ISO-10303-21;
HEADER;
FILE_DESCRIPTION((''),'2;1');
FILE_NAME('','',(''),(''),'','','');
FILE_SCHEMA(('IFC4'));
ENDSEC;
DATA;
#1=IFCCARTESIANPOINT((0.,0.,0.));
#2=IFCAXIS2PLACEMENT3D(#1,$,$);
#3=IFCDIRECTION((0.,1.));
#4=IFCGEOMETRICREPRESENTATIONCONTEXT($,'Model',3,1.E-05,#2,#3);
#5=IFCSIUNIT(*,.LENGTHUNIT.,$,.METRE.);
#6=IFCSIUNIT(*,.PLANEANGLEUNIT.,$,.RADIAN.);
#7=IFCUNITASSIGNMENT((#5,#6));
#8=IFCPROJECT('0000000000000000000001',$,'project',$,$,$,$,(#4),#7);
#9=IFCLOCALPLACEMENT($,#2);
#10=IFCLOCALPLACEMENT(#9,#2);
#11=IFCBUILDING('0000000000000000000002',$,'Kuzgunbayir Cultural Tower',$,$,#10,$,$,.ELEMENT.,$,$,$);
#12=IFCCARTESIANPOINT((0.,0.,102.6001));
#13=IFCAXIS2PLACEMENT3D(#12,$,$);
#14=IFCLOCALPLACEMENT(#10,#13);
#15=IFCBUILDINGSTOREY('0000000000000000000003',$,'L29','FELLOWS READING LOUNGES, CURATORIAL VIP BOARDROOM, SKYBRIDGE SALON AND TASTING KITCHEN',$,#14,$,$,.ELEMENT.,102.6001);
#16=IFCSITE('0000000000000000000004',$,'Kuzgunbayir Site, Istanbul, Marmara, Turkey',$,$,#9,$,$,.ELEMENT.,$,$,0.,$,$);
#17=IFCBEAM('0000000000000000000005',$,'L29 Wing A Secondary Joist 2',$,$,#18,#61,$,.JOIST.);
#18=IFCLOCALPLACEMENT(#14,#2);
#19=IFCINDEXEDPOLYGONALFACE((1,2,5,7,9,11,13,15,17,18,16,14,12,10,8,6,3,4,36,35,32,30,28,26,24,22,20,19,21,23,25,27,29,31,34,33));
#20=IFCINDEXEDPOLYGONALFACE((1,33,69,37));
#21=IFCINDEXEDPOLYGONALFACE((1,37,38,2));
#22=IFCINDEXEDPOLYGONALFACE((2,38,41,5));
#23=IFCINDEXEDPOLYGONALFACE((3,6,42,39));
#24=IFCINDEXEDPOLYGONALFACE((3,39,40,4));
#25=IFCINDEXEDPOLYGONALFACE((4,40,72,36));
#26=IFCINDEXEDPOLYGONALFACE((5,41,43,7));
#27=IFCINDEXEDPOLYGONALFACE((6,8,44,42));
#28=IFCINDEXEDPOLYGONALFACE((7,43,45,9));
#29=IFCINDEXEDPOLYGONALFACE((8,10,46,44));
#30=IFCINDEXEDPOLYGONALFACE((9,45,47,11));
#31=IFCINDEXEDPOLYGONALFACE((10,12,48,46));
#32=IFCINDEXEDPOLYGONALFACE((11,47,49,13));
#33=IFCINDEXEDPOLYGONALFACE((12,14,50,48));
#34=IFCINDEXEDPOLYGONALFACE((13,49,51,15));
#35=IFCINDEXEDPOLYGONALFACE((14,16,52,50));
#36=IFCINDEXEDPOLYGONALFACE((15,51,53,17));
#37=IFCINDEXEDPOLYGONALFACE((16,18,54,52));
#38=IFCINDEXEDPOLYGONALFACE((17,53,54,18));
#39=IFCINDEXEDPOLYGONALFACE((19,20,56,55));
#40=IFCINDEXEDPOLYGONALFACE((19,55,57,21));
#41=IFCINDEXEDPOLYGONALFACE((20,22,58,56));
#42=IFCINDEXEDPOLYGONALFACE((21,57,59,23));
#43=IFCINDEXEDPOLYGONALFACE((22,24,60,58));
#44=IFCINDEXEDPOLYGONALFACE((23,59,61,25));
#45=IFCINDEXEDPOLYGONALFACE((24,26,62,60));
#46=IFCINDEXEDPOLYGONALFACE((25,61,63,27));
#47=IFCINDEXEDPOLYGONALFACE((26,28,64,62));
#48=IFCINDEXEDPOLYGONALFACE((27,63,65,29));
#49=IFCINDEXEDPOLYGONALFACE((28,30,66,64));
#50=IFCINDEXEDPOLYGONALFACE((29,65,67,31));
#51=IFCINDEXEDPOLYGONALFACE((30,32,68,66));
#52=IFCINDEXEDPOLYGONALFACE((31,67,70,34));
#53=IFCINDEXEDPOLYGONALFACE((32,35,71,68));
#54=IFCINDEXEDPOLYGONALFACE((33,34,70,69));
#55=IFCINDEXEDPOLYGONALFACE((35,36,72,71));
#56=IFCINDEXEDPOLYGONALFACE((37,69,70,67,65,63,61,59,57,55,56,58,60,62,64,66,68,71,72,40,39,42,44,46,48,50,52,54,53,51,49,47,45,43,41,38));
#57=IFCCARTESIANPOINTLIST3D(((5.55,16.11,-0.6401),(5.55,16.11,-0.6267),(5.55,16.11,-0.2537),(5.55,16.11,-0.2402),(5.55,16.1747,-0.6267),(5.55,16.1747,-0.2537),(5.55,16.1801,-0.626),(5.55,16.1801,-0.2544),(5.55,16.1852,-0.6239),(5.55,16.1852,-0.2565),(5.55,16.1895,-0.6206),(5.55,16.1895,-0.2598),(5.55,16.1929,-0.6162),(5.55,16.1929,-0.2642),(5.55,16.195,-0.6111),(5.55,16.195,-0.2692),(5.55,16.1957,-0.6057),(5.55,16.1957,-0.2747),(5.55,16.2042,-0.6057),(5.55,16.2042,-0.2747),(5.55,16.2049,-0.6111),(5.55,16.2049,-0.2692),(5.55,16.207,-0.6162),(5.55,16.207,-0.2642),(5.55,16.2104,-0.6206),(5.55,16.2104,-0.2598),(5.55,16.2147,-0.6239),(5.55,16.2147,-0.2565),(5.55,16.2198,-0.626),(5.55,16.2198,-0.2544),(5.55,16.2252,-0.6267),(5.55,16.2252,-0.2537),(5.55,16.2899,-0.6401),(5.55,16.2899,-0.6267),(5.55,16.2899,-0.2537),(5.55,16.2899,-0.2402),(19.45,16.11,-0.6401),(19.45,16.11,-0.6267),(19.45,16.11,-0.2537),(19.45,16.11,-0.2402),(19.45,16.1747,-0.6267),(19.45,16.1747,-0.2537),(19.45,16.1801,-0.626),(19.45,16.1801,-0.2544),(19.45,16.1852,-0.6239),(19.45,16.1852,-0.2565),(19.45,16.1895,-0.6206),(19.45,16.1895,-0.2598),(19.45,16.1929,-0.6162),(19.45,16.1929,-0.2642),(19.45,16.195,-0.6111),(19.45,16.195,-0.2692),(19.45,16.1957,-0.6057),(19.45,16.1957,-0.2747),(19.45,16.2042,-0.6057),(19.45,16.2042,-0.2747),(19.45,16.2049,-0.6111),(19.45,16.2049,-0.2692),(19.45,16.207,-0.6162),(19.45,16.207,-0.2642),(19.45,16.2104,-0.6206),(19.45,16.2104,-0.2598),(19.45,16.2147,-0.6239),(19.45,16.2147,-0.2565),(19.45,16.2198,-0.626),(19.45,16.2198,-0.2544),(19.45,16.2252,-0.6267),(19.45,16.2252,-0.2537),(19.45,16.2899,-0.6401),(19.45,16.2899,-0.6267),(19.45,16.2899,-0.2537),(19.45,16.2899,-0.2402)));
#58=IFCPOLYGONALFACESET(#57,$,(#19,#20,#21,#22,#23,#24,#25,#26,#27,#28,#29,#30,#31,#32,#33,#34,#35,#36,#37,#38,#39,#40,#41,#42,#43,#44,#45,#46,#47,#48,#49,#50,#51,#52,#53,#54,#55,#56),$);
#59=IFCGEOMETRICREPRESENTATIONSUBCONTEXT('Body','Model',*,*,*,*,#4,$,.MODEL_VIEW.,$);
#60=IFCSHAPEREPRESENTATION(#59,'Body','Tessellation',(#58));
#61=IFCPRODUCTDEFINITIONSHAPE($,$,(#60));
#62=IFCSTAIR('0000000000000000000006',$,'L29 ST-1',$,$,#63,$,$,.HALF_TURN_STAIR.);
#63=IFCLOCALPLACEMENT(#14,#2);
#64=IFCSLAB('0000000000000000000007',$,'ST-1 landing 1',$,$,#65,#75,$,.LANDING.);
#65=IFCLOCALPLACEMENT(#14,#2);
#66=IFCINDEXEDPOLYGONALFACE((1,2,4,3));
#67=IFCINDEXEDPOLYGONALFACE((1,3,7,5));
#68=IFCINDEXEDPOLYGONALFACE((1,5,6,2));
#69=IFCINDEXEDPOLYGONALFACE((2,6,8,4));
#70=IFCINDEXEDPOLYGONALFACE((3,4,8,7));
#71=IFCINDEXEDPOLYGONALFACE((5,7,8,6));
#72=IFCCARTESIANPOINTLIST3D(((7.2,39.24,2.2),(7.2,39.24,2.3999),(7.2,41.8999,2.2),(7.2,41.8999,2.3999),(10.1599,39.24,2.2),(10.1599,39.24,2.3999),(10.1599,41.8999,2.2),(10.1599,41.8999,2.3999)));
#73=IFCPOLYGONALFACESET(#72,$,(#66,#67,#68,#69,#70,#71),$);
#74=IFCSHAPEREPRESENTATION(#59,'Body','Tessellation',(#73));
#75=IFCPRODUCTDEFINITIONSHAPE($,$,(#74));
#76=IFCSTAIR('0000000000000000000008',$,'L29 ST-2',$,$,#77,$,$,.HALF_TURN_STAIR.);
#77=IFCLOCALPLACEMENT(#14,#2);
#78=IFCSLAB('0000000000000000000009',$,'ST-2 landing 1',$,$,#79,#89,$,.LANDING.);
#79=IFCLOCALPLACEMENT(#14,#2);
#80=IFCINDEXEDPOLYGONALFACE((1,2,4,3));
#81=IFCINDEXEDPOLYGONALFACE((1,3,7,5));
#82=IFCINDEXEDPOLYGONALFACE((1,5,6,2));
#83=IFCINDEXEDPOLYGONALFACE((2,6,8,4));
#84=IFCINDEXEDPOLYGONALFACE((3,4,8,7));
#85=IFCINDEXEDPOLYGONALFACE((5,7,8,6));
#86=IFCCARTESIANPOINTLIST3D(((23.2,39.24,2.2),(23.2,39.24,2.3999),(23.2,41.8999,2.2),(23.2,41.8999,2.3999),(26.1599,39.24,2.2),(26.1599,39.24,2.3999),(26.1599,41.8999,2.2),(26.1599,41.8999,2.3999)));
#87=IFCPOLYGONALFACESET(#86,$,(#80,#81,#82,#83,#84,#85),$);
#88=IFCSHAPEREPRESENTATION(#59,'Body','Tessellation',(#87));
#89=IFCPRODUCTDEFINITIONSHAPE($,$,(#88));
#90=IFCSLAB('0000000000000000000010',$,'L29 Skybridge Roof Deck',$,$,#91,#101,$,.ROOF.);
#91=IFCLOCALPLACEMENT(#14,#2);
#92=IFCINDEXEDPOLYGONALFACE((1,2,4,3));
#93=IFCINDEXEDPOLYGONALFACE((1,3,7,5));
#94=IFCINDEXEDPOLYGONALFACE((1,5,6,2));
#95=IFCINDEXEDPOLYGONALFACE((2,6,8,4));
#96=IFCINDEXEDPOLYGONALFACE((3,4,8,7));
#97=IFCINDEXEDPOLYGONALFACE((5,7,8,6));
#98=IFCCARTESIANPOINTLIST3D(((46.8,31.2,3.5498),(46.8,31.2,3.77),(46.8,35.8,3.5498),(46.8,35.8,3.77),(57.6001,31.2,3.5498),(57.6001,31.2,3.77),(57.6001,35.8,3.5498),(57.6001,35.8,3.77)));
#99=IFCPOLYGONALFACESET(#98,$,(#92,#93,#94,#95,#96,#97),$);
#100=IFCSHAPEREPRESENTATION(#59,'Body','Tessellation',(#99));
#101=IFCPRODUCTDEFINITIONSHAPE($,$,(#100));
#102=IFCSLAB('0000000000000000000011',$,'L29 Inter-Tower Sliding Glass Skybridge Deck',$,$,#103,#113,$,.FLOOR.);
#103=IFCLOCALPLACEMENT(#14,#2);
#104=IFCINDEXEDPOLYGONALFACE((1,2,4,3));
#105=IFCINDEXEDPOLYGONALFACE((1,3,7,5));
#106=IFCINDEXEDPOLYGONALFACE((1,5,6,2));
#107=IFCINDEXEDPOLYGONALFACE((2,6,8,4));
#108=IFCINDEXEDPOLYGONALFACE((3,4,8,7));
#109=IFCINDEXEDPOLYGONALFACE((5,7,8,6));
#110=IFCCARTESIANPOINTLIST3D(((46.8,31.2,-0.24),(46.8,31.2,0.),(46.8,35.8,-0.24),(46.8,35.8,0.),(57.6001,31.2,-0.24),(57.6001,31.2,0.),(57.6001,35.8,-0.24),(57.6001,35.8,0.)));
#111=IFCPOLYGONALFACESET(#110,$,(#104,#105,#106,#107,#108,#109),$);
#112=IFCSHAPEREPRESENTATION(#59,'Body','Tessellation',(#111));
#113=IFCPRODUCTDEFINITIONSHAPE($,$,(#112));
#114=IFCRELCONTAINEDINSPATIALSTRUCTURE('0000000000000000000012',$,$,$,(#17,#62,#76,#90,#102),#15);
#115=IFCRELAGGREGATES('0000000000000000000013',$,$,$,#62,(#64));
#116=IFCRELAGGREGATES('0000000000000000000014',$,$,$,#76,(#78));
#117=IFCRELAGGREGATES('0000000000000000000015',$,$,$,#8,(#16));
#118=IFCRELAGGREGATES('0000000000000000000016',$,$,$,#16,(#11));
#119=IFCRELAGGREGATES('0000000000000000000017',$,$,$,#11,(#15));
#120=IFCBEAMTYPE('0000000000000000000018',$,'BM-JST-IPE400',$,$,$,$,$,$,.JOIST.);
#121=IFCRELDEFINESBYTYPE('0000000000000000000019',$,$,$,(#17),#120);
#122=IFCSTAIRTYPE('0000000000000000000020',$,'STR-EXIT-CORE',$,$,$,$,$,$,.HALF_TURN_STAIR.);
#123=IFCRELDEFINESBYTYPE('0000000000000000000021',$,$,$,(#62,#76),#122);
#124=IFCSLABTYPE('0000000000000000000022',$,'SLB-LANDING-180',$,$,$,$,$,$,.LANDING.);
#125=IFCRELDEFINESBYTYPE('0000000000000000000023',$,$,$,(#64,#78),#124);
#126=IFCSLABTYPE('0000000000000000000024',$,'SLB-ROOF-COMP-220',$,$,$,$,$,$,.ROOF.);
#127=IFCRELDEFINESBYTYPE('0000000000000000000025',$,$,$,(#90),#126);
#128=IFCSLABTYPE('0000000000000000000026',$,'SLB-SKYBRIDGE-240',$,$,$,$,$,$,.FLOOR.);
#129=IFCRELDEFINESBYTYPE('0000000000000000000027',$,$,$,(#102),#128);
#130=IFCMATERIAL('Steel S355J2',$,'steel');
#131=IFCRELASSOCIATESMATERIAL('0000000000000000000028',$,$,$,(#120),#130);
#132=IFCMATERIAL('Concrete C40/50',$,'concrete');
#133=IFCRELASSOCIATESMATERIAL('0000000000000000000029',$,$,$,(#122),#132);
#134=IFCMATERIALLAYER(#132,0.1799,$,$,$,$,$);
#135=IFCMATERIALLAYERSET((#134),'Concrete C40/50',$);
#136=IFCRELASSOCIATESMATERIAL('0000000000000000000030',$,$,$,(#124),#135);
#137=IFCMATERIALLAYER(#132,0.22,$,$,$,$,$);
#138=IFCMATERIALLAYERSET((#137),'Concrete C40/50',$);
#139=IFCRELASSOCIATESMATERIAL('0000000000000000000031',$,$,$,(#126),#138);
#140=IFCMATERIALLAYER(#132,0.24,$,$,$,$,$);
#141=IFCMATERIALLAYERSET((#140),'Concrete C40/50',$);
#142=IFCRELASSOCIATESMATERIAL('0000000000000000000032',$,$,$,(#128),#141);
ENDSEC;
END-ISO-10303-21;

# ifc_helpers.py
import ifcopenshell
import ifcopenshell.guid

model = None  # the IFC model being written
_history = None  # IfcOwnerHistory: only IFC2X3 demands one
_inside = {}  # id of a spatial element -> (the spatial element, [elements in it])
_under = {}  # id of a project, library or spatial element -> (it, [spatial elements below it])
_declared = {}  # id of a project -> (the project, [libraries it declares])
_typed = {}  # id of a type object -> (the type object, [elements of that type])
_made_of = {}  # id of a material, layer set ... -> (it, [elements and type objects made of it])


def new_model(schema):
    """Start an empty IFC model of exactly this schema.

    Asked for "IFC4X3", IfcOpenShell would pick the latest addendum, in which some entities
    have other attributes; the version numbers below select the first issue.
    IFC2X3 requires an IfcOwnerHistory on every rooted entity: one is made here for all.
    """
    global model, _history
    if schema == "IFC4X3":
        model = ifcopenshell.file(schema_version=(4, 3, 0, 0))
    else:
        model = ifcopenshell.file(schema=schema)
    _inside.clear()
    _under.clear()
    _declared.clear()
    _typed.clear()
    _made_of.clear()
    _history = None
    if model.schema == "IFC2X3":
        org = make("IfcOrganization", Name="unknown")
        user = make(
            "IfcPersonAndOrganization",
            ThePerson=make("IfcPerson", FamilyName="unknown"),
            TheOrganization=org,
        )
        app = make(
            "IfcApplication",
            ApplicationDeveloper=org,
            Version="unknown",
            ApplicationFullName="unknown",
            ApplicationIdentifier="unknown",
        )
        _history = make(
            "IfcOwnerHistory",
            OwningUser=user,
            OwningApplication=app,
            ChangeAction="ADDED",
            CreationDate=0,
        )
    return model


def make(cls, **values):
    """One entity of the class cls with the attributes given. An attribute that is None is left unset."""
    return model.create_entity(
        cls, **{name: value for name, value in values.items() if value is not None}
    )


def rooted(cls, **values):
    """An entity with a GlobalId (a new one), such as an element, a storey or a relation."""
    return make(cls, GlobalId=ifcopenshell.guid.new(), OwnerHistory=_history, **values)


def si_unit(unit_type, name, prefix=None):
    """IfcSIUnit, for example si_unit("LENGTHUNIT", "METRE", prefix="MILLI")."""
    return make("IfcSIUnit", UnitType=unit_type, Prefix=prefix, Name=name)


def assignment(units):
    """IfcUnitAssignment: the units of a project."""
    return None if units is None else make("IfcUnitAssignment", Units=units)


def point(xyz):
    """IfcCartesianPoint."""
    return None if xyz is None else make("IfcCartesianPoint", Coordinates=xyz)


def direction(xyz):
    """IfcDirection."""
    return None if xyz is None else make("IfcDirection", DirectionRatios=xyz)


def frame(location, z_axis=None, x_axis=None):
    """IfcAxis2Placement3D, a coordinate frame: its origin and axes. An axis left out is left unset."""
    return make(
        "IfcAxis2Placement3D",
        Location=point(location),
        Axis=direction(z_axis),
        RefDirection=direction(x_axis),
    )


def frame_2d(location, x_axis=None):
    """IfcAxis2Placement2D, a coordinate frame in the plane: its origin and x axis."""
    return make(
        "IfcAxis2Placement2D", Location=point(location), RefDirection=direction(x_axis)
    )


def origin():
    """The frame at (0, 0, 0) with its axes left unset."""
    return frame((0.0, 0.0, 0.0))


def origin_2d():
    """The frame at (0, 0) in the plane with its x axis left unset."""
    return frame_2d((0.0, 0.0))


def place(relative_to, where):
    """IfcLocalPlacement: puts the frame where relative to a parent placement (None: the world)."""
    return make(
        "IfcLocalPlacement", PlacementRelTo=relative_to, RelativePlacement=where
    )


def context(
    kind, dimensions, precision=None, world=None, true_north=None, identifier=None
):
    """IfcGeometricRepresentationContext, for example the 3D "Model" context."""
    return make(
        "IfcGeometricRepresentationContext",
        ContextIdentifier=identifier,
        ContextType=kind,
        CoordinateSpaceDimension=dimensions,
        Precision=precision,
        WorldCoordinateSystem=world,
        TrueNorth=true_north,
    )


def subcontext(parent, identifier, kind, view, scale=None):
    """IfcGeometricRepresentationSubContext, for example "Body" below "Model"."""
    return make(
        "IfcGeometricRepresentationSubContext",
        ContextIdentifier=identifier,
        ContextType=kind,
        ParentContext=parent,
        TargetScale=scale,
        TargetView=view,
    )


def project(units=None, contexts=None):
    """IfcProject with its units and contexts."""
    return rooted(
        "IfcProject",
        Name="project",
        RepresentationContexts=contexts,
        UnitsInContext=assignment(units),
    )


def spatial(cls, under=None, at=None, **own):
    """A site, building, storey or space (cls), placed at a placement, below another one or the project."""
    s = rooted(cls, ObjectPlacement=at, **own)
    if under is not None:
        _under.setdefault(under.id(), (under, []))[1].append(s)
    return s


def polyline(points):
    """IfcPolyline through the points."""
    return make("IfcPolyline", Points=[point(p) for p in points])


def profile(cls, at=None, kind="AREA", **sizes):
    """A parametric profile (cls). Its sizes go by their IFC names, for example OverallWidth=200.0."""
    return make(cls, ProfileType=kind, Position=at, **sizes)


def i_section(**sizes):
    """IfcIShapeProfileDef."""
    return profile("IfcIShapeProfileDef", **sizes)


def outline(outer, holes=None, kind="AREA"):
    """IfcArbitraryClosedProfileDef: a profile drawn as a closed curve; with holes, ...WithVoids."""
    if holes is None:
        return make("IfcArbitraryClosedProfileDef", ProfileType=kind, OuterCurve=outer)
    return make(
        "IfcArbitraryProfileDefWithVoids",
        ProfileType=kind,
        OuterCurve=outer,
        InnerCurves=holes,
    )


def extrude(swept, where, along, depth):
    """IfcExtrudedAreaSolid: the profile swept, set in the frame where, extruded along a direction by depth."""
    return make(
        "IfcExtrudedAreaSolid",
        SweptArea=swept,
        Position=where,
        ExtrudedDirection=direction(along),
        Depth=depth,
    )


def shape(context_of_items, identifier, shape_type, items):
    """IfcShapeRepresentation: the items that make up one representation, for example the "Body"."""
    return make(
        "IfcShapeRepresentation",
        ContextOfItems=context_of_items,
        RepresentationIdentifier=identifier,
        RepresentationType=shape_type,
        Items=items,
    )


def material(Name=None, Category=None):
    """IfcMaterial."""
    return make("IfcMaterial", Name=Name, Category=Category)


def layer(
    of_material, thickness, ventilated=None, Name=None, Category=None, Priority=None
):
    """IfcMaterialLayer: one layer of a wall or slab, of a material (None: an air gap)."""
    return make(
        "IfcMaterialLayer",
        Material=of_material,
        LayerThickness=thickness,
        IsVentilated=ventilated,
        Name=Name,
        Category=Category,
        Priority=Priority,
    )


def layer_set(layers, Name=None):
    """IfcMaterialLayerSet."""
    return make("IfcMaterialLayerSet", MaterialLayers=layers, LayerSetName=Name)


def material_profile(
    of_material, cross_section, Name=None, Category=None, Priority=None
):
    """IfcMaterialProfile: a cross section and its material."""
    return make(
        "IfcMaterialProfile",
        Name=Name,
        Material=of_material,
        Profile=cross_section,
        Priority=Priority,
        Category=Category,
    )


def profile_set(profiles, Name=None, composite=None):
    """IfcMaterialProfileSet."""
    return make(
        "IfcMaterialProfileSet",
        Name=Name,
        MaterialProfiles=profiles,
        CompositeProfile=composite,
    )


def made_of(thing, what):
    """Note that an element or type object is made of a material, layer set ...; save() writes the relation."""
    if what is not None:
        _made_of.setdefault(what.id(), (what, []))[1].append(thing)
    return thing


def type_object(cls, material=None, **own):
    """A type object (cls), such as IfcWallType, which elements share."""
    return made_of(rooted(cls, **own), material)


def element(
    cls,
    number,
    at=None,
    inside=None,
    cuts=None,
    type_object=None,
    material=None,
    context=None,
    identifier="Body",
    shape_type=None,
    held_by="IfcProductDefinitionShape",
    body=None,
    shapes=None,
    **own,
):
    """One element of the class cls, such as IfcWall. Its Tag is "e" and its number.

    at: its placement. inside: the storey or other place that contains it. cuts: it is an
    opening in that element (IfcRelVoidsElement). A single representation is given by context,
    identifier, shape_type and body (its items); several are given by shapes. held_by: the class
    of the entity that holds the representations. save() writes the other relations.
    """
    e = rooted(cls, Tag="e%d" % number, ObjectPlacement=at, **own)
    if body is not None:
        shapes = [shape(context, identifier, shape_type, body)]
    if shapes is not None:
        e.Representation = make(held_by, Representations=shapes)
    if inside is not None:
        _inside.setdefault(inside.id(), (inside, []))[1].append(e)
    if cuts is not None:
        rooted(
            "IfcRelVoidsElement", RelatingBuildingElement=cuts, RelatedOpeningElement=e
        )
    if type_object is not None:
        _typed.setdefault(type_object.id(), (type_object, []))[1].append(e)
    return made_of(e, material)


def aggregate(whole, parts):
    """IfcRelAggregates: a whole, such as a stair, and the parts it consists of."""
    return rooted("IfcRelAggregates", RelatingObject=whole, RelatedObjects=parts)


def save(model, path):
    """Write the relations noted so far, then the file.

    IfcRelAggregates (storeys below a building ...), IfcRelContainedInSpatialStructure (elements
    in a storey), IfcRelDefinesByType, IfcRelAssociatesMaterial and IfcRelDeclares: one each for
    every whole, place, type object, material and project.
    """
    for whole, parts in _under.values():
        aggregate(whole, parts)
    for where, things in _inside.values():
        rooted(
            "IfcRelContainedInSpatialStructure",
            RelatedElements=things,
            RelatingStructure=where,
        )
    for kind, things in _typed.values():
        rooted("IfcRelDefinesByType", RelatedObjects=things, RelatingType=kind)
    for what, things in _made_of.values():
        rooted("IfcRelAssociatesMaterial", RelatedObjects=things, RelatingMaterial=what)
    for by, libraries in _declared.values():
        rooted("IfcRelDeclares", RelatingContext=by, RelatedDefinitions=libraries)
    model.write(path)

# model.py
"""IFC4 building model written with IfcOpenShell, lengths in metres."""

from ifc_helpers import new_model, si_unit, direction, frame, origin, origin_2d, place, context, subcontext, project, spatial, polyline, i_section, outline, extrude, material, layer, layer_set, material_profile, profile_set, type_object, element, aggregate, save


model = new_model("IFC4")

# Units and contexts
model_context = context("Model", 3, precision=1e-05, world=origin(), true_north=direction((0.0, 1.0)))
body_context = subcontext(model_context, "Body", "Model", "MODEL_VIEW")
ifc_project = project(units=[si_unit("LENGTHUNIT", "METRE"), si_unit("PLANEANGLEUNIT", "RADIAN")], contexts=[model_context])

# Site, building, storey
site_placement = place(None, origin())
site = spatial("IfcSite", under=ifc_project, at=site_placement, Name="Kuzgunbayir Site, Istanbul, Marmara, Turkey", CompositionType="ELEMENT", RefElevation=0.0)
building_placement = place(site_placement, origin())
building = spatial("IfcBuilding", under=site, at=building_placement, Name="Kuzgunbayir Cultural Tower", CompositionType="ELEMENT")
storey_placement = place(building_placement, frame((0.0, 0.0, 102.6001)))
storey = spatial("IfcBuildingStorey", under=building, at=storey_placement, Name="L29", Description="FELLOWS READING LOUNGES, CURATORIAL VIP BOARDROOM, SKYBRIDGE SALON AND TASTING KITCHEN", CompositionType="ELEMENT", Elevation=102.6001)

# Beam
ifc_material_1 = material(Name="Steel S355J2", Category="steel")
ifc_material_profile_1 = material_profile(ifc_material_1, i_section(OverallWidth=0.1799, OverallDepth=0.3999, WebThickness=0.0085, FlangeThickness=0.0134, FilletRadius=0.021, at=origin_2d()), Name="IPE 400")
ifc_profile_set_1 = profile_set([ifc_material_profile_1], Name="Steel S355J2")
beam_type_1 = type_object("IfcBeamType", Name="BM-JST-IPE400", PredefinedType="JOIST", material=ifc_profile_set_1)
for number, where, z_axis, x_axis, name in (
    (1, (5.55, 16.2, -0.4402), (1.0, 0.0, 0.0), (0.0, 1.0, 0.0), "L29 Wing A Secondary Joist 2"),
):
    element("IfcBeam", number, at=place(storey_placement, frame(where, z_axis=z_axis, x_axis=x_axis)), inside=storey, type_object=beam_type_1, Name=name, PredefinedType="JOIST", context=body_context, shape_type="SweptSolid", body=[
        extrude(i_section(OverallWidth=0.1799, OverallDepth=0.3999, WebThickness=0.0085, FlangeThickness=0.0134, FilletRadius=0.021, at=origin_2d()), origin(), (0.0, 0.0, 1.0), 13.8999),
    ])

# Stairs, slabs
ifc_material_2 = material(Name="Concrete C40/50", Category="concrete")
stair_type = type_object("IfcStairType", Name="STR-EXIT-CORE", PredefinedType="HALF_TURN_STAIR", material=ifc_material_2)
stair_1_placement = place(storey_placement, origin())
stair_1 = element("IfcStair", 2, at=stair_1_placement, inside=storey, type_object=stair_type, Name="L29 ST-1", PredefinedType="HALF_TURN_STAIR")
ifc_layer_1 = layer(ifc_material_2, 0.1799)
ifc_layer_set_1 = layer_set([ifc_layer_1], Name="Concrete C40/50")
slab_type_1 = type_object("IfcSlabType", Name="SLB-LANDING-180", PredefinedType="LANDING", material=ifc_layer_set_1)
slab_1_placement = place(storey_placement, frame((0.0, 0.0, 2.2)))
slab_1 = element("IfcSlab", 3, at=slab_1_placement, type_object=slab_type_1, Name="ST-1 landing 1", PredefinedType="LANDING", context=body_context, shape_type="SweptSolid", body=[
    extrude(outline(polyline([(10.1599, 39.24), (10.1599, 41.8999), (7.2, 41.8999), (7.2, 39.24), (10.1599, 39.24)])), origin(), (0.0, 0.0, 1.0), 0.2),
])
aggregate(stair_1, [slab_1])
stair_2_placement = place(storey_placement, origin())
stair_2 = element("IfcStair", 4, at=stair_2_placement, inside=storey, type_object=stair_type, Name="L29 ST-2", PredefinedType="HALF_TURN_STAIR")
slab_2_placement = place(storey_placement, frame((0.0, 0.0, 2.2)))
slab_2 = element("IfcSlab", 5, at=slab_2_placement, type_object=slab_type_1, Name="ST-2 landing 1", PredefinedType="LANDING", context=body_context, shape_type="SweptSolid", body=[
    extrude(outline(polyline([(26.1599, 39.24), (26.1599, 41.8999), (23.2, 41.8999), (23.2, 39.24), (26.1599, 39.24)])), origin(), (0.0, 0.0, 1.0), 0.2),
])
aggregate(stair_2, [slab_2])

# Slabs
ifc_layer_2 = layer(ifc_material_2, 0.22)
ifc_layer_set_2 = layer_set([ifc_layer_2], Name="Concrete C40/50")
slab_type_2 = type_object("IfcSlabType", Name="SLB-ROOF-COMP-220", PredefinedType="ROOF", material=ifc_layer_set_2)
slab_3_placement = place(storey_placement, frame((0.0, 0.0, 3.5498)))
element("IfcSlab", 6, at=slab_3_placement, inside=storey, type_object=slab_type_2, Name="L29 Skybridge Roof Deck", PredefinedType="ROOF", context=body_context, shape_type="SweptSolid", body=[
    extrude(outline(polyline([(46.8, 31.2), (57.6001, 31.2), (57.6001, 35.8), (46.8, 35.8), (46.8, 31.2)])), origin(), (0.0, 0.0, 1.0), 0.2202),
])
ifc_layer_3 = layer(ifc_material_2, 0.24)
ifc_layer_set_3 = layer_set([ifc_layer_3], Name="Concrete C40/50")
slab_type_3 = type_object("IfcSlabType", Name="SLB-SKYBRIDGE-240", PredefinedType="FLOOR", material=ifc_layer_set_3)
slab_4_placement = place(storey_placement, frame((0.0, 0.0, -0.24)))
element("IfcSlab", 7, at=slab_4_placement, inside=storey, type_object=slab_type_3, Name="L29 Inter-Tower Sliding Glass Skybridge Deck", PredefinedType="FLOOR", context=body_context, shape_type="SweptSolid", body=[
    extrude(outline(polyline([(46.8, 31.2), (57.6001, 31.2), (57.6001, 35.8), (46.8, 35.8), (46.8, 31.2)])), origin(), (0.0, 0.0, 1.0), 0.24),
])

save(model, "model.ifc")
